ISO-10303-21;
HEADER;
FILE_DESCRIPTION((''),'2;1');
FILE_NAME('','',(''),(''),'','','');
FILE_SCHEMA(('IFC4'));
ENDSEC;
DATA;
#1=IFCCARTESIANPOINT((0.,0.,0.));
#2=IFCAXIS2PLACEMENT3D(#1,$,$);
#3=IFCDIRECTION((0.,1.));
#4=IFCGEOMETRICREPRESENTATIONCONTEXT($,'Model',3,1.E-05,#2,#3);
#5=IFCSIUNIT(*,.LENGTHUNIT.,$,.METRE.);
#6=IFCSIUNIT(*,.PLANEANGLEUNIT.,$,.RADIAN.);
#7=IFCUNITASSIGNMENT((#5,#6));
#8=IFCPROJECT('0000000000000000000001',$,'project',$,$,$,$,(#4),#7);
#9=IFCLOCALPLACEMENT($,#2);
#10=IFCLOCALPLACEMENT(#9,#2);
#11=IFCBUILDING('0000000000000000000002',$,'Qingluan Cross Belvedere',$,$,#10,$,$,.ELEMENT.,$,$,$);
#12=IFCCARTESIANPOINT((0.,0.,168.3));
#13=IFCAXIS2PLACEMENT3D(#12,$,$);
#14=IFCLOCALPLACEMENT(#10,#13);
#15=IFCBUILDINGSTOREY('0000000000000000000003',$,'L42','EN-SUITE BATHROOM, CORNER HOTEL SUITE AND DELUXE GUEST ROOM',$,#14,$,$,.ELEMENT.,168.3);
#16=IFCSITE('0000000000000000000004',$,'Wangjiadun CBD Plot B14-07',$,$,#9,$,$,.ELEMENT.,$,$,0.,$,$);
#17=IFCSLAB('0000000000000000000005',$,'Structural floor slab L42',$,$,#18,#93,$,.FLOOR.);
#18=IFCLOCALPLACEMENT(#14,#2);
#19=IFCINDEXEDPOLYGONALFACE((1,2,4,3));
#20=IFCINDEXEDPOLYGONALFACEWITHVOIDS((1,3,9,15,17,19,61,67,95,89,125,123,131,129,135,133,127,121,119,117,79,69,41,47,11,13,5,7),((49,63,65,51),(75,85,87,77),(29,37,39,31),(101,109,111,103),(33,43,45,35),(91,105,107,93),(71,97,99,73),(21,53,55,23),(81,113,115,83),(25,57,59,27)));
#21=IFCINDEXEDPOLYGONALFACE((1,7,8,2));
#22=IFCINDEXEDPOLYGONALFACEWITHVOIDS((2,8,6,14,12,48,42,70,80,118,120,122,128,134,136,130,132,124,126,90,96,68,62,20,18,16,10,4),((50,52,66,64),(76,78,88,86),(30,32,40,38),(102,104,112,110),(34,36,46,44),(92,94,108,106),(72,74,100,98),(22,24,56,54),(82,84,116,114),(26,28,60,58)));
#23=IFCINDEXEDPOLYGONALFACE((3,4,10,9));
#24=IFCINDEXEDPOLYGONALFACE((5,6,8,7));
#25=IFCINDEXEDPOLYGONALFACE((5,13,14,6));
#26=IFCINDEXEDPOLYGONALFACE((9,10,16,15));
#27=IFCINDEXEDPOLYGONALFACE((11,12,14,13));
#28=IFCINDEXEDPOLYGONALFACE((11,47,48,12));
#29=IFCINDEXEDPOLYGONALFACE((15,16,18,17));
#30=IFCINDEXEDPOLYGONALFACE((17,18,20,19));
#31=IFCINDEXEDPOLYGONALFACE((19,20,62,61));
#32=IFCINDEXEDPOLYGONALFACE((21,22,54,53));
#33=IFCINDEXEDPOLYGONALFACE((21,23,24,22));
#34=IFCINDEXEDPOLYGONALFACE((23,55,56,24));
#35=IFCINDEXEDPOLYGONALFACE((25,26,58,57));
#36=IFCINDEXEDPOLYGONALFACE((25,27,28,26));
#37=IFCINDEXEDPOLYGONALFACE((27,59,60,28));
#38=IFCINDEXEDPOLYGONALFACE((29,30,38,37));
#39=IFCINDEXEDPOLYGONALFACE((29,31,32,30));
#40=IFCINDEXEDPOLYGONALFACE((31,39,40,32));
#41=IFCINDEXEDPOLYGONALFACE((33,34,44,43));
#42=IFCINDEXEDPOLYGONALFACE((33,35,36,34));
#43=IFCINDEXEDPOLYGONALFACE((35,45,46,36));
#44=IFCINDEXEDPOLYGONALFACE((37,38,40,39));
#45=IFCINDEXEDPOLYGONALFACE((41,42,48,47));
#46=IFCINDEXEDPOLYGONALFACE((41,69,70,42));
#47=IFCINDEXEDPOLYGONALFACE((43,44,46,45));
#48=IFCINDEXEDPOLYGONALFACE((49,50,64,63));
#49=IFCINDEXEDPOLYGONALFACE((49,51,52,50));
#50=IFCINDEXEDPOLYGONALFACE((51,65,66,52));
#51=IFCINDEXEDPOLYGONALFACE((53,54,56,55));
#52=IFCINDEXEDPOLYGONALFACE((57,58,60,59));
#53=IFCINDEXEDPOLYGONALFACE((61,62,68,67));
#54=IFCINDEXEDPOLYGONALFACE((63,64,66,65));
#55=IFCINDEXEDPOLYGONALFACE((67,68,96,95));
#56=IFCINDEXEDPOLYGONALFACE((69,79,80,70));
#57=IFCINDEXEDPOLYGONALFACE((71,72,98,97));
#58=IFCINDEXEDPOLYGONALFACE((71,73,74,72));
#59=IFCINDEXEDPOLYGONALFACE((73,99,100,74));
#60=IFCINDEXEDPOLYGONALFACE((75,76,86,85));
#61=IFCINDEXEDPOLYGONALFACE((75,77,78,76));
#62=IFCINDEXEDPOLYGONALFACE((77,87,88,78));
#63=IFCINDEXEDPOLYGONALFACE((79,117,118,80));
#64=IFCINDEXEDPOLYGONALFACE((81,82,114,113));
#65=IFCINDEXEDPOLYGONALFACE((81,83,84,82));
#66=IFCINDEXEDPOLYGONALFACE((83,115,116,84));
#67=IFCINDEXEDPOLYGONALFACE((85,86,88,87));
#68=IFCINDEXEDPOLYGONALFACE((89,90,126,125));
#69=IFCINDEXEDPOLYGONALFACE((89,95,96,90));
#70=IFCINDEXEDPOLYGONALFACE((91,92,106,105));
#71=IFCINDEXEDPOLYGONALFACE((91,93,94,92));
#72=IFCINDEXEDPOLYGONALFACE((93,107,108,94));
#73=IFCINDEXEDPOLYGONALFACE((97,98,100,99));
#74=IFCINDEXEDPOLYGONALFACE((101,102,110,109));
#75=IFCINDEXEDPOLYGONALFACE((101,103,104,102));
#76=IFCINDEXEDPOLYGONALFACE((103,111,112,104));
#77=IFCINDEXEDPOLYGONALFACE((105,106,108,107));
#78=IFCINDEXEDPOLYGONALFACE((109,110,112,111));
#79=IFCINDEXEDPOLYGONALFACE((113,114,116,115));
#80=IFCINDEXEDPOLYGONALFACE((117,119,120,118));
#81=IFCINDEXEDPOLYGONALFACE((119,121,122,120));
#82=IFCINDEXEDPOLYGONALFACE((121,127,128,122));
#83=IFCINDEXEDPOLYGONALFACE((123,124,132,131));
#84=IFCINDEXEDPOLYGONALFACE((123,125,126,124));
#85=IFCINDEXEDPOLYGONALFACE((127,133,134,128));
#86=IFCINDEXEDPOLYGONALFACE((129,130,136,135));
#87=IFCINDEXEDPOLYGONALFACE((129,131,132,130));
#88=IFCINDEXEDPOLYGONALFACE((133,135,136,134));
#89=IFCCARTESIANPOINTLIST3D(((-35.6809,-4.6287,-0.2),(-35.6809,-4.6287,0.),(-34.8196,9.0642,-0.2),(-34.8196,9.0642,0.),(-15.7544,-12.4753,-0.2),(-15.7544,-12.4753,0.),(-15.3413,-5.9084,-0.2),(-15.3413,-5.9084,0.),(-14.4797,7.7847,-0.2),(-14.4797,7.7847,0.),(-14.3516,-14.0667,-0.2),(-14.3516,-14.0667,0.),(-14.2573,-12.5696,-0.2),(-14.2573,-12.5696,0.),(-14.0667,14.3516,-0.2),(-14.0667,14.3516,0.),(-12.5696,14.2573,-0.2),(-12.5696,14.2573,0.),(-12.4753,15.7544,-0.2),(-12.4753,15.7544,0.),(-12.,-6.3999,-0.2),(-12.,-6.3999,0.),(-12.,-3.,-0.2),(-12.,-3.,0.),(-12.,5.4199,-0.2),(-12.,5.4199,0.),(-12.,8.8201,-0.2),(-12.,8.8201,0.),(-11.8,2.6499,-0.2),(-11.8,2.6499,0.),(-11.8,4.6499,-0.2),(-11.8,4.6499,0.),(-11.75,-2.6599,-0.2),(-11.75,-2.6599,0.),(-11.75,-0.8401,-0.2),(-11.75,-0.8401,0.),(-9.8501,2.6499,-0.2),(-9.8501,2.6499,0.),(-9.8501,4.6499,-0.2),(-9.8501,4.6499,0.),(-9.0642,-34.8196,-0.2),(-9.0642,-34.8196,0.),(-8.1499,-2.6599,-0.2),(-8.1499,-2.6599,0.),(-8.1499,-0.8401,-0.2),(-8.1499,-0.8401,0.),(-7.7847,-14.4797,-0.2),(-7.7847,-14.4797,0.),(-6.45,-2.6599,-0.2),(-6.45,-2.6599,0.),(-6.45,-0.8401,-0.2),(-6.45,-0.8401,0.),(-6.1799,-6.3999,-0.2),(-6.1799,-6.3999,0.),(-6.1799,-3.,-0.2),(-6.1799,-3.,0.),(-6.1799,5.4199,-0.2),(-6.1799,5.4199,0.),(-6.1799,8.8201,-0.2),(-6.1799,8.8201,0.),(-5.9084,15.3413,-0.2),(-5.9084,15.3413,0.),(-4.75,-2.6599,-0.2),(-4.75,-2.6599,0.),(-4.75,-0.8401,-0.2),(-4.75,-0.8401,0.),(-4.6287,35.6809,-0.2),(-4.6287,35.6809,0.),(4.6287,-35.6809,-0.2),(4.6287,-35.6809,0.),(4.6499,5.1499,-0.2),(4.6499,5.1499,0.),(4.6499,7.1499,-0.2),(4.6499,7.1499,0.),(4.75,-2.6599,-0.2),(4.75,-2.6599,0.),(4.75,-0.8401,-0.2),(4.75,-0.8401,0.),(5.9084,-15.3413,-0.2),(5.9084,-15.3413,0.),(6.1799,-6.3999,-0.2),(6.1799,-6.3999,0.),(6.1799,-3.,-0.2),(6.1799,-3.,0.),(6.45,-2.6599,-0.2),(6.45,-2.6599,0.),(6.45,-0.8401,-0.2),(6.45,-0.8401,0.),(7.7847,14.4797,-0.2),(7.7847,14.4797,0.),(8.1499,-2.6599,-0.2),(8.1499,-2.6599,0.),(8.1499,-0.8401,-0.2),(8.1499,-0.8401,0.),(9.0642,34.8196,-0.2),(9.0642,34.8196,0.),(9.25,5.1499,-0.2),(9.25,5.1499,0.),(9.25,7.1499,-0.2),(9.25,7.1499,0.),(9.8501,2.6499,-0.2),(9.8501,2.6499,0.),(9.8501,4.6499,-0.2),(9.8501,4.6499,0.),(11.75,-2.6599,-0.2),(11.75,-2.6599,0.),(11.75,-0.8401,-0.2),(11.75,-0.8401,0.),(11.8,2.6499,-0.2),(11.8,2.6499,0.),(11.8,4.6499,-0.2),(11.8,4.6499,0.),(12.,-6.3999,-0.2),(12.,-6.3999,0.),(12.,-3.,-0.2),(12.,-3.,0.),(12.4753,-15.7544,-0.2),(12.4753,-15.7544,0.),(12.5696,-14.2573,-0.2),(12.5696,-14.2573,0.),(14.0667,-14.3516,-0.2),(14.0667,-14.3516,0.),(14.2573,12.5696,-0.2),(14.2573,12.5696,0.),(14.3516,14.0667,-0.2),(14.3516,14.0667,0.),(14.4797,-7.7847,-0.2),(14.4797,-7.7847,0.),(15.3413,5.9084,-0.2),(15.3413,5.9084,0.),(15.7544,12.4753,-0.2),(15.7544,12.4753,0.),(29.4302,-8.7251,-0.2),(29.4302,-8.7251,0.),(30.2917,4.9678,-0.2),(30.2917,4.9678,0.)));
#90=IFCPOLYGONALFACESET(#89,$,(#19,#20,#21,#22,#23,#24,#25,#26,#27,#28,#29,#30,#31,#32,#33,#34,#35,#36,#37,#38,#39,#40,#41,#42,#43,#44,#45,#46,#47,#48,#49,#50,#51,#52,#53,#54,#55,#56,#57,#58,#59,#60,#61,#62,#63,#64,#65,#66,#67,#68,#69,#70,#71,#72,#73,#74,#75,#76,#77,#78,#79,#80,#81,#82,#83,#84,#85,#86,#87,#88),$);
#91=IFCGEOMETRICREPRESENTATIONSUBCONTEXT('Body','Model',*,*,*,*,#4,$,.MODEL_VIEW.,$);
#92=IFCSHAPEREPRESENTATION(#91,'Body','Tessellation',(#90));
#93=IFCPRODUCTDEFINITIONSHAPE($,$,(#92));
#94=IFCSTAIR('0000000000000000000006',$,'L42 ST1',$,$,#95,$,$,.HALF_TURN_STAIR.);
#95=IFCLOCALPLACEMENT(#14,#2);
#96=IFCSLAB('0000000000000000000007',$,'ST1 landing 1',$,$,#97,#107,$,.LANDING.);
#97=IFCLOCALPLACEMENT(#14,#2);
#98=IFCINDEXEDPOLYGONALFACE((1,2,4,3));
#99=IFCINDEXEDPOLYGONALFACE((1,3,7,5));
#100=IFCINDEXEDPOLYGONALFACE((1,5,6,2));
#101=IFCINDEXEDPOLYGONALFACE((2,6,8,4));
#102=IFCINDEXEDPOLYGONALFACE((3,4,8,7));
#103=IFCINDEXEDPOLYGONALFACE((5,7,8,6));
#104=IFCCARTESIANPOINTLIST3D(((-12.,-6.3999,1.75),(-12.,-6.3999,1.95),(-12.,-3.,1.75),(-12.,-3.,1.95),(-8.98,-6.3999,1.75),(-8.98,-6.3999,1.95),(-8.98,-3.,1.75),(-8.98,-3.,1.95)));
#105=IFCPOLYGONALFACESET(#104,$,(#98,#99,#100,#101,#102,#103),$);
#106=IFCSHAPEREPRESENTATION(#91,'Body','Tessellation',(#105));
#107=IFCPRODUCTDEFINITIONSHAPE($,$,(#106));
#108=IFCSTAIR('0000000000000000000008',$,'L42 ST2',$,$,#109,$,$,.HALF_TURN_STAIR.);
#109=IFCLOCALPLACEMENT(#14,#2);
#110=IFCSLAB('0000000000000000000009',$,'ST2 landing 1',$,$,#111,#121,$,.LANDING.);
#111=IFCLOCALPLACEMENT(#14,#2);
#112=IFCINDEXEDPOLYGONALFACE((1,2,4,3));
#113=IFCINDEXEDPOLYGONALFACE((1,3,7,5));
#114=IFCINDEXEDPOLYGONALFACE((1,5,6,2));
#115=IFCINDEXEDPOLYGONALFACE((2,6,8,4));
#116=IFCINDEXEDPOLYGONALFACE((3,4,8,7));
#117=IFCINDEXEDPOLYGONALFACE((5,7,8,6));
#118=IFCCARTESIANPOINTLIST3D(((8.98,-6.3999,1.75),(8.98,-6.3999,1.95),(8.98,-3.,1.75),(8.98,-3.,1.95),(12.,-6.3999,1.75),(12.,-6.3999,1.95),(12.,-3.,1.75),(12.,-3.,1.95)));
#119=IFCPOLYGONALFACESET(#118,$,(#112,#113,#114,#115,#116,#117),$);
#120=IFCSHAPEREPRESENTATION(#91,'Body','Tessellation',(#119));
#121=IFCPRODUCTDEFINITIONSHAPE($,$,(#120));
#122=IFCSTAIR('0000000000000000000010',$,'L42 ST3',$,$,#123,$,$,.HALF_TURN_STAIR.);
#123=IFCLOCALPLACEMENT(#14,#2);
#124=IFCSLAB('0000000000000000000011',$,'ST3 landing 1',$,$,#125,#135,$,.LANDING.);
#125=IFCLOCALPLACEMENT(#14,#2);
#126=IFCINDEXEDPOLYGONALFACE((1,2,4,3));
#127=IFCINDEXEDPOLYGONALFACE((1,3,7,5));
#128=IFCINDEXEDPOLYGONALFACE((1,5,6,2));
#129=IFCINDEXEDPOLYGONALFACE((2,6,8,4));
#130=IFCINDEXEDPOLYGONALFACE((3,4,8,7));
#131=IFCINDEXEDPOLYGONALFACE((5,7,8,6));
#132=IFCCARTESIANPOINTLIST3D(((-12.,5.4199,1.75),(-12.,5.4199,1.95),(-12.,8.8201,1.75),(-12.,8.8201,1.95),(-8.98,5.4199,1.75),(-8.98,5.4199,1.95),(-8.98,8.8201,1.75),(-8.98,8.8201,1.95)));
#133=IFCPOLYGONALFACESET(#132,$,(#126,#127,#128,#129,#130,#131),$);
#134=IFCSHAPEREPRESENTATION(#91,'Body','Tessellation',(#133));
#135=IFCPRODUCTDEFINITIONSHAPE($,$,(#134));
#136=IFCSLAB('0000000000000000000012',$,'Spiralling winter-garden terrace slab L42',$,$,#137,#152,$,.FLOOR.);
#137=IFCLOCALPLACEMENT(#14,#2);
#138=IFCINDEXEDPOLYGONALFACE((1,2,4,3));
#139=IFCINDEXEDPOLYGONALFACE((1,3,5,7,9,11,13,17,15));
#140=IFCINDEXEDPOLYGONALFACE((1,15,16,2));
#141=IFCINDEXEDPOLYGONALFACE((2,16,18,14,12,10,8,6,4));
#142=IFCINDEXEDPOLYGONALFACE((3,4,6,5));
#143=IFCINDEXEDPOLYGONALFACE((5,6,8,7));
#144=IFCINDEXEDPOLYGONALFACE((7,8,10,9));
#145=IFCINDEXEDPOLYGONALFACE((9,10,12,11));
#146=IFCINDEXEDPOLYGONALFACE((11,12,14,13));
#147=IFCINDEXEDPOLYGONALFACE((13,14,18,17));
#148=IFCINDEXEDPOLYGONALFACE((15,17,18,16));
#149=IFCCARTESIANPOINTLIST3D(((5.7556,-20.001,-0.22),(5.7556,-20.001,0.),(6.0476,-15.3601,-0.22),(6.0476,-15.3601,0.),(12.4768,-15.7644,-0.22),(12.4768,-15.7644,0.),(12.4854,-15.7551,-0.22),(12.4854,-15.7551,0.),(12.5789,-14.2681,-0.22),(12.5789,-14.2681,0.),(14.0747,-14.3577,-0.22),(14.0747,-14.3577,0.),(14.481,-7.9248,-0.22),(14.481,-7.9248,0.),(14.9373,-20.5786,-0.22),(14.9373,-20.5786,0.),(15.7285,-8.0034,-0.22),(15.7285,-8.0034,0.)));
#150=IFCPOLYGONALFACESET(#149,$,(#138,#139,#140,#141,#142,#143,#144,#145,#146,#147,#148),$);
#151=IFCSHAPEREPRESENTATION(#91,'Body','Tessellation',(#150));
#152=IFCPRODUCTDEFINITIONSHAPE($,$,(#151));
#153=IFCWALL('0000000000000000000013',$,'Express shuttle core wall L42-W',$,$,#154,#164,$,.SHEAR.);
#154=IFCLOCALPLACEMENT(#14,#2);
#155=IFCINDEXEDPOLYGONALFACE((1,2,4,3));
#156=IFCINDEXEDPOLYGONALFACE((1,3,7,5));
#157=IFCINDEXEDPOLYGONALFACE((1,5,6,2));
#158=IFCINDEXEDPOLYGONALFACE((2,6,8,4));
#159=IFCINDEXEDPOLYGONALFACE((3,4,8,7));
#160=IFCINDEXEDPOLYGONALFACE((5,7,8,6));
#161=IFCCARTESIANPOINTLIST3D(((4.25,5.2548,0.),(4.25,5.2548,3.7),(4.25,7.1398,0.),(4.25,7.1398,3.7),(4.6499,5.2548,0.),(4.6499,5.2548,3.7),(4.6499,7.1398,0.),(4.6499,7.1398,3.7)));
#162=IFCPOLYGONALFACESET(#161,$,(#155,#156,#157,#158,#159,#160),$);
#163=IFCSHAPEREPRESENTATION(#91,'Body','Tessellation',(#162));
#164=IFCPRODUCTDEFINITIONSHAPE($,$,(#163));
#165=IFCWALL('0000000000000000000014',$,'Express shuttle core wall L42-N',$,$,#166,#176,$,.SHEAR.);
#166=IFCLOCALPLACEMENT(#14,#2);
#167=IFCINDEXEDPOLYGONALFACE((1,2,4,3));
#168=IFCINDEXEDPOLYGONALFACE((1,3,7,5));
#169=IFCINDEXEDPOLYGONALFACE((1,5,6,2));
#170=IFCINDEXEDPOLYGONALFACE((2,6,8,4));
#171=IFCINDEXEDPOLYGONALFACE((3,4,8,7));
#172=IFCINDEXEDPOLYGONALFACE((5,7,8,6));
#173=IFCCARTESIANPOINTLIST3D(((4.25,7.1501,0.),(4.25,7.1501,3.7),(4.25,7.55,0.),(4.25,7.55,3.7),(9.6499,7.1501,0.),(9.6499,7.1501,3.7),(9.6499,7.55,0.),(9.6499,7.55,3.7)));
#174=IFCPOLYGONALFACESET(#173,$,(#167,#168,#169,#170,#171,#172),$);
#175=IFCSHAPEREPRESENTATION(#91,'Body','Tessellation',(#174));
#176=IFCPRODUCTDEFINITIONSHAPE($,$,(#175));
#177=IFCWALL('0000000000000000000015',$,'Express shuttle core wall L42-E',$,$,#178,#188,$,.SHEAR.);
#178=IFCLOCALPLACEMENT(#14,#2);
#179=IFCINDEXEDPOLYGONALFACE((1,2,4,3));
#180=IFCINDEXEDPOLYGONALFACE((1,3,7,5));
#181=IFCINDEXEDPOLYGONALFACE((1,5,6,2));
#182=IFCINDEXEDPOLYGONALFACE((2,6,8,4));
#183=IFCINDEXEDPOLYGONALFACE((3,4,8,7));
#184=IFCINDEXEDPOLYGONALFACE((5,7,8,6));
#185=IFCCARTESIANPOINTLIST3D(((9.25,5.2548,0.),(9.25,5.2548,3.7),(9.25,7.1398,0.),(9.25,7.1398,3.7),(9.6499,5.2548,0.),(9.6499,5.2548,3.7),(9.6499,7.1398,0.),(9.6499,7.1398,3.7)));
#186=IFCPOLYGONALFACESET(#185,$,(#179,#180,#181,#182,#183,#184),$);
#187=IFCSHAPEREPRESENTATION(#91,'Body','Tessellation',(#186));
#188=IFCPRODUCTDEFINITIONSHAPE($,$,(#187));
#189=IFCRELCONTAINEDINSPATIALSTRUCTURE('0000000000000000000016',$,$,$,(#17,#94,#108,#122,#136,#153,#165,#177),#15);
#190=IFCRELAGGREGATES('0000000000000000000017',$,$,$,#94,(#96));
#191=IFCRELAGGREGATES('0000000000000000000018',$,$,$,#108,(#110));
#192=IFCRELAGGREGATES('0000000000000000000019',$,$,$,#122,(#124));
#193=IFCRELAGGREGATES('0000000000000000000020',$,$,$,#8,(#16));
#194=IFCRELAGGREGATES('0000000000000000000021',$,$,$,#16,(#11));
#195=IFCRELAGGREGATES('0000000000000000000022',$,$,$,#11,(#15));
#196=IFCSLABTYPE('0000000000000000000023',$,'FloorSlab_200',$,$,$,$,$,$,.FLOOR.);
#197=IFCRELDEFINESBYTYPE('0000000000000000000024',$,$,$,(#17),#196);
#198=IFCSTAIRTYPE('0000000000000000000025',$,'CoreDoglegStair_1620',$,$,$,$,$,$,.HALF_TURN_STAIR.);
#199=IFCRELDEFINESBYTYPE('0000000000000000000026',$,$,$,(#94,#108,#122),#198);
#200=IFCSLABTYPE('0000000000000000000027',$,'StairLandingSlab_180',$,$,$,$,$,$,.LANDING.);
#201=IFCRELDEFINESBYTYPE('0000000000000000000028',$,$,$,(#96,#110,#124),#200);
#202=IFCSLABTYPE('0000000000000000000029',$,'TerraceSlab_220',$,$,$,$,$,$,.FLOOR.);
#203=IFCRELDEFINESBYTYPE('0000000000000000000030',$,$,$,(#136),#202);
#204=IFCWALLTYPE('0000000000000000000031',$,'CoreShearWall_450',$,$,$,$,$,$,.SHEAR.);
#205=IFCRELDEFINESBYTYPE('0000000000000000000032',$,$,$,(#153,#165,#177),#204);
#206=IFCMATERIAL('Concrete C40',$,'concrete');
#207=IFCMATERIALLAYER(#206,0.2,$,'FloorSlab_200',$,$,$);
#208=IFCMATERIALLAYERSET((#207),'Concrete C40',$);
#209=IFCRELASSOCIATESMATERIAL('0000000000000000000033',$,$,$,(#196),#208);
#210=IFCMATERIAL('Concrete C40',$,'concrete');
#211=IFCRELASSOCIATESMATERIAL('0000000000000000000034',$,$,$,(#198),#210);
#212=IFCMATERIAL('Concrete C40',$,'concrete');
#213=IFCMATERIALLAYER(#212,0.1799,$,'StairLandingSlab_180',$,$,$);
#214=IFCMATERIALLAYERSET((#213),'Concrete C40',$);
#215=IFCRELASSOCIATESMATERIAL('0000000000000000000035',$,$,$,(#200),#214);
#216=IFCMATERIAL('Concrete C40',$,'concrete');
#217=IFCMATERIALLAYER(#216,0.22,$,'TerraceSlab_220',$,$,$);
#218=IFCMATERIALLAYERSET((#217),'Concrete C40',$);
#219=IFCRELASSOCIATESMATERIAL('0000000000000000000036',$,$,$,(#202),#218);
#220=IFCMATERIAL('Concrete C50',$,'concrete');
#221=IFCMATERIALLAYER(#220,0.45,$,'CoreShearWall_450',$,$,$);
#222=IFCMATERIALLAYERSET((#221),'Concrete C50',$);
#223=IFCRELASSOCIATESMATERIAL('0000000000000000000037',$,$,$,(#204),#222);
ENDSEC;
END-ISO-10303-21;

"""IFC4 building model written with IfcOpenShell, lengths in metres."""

from ifc_helpers import new_model, si_unit, direction, frame, frame_2d, origin, place, context, subcontext, project, spatial, polyline, rectangle, outline, extrude, material, layer, layer_set, type_object, element, aggregate, save


model = new_model("IFC4")

# Units and contexts
model_context = context("Model", 3, precision=1e-05, world=origin(), true_north=direction((0.0, 1.0)))
body_context = subcontext(model_context, "Body", "Model", "MODEL_VIEW")
ifc_project = project(units=[si_unit("LENGTHUNIT", "METRE"), si_unit("PLANEANGLEUNIT", "RADIAN")], contexts=[model_context])

# Site, building, storey
site_placement = place(None, origin())
site = spatial("IfcSite", under=ifc_project, at=site_placement, Name="Wangjiadun CBD Plot B14-07", CompositionType="ELEMENT", RefElevation=0.0)
building_placement = place(site_placement, origin())
building = spatial("IfcBuilding", under=site, at=building_placement, Name="Qingluan Cross Belvedere", CompositionType="ELEMENT")
storey_placement = place(building_placement, frame((0.0, 0.0, 168.3)))
storey = spatial("IfcBuildingStorey", under=building, at=storey_placement, Name="L42", Description="EN-SUITE BATHROOM, CORNER HOTEL SUITE AND DELUXE GUEST ROOM", CompositionType="ELEMENT", Elevation=168.3)

# Slab
ifc_material_1 = material(Name="Concrete C40", Category="concrete")
ifc_layer_1 = layer(ifc_material_1, 0.2, Name="FloorSlab_200")
ifc_layer_set_1 = layer_set([ifc_layer_1], Name="Concrete C40")
slab_type_1 = type_object("IfcSlabType", Name="FloorSlab_200", PredefinedType="FLOOR", material=ifc_layer_set_1)
slab_1_placement = place(storey_placement, frame((0.0, 0.0, -0.2)))
element("IfcSlab", 1, at=slab_1_placement, inside=storey, type_object=slab_type_1, Name="Structural floor slab L42", PredefinedType="FLOOR", context=body_context, shape_type="SweptSolid", body=[
    extrude(outline(polyline([(4.6287, -35.6809), (5.9084, -15.3413), (12.4753, -15.7544), (12.5696, -14.2573), (14.0667, -14.3516), (14.4797, -7.7847), (29.4302, -8.7251), (30.2917, 4.9678), (15.3413, 5.9084), (15.7544, 12.4753), (14.2573, 12.5696), (14.3516, 14.0667), (7.7847, 14.4797), (9.0642, 34.8196), (-4.6287, 35.6809), (-5.9084, 15.3413), (-12.4753, 15.7544), (-12.5696, 14.2573), (-14.0667, 14.3516), (-14.4797, 7.7847), (-34.8196, 9.0642), (-35.6809, -4.6287), (-15.3413, -5.9084), (-15.7544, -12.4753), (-14.2573, -12.5696), (-14.3516, -14.0667), (-7.7847, -14.4797), (-9.0642, -34.8196), (4.6287, -35.6809)]), holes=[polyline([(-12.0, -3.0), (-6.1799, -3.0), (-6.1799, -6.3999), (-12.0, -6.3999), (-12.0, -3.0)]), polyline([(6.1799, -3.0), (12.0, -3.0), (12.0, -6.3999), (6.1799, -6.3999), (6.1799, -3.0)]), polyline([(-12.0, 8.8201), (-6.1799, 8.8201), (-6.1799, 5.4199), (-12.0, 5.4199), (-12.0, 8.8201)]), polyline([(-11.8, 4.6499), (-9.8501, 4.6499), (-9.8501, 2.6499), (-11.8, 2.6499), (-11.8, 4.6499)]), polyline([(9.8501, 4.6499), (11.8, 4.6499), (11.8, 2.6499), (9.8501, 2.6499), (9.8501, 4.6499)]), polyline([(-11.75, -0.8401), (-8.1499, -0.8401), (-8.1499, -2.6599), (-11.75, -2.6599), (-11.75, -0.8401)]), polyline([(-6.45, -0.8401), (-4.75, -0.8401), (-4.75, -2.6599), (-6.45, -2.6599), (-6.45, -0.8401)]), polyline([(4.75, -0.8401), (6.45, -0.8401), (6.45, -2.6599), (4.75, -2.6599), (4.75, -0.8401)]), polyline([(8.1499, -0.8401), (11.75, -0.8401), (11.75, -2.6599), (8.1499, -2.6599), (8.1499, -0.8401)]), polyline([(4.6499, 7.1499), (9.25, 7.1499), (9.25, 5.1499), (4.6499, 5.1499), (4.6499, 7.1499)])]), origin(), (0.0, 0.0, 1.0), 0.2),
])

# Stairs, slabs
ifc_material_2 = material(Name="Concrete C40", Category="concrete")
stair_type = type_object("IfcStairType", Name="CoreDoglegStair_1620", PredefinedType="HALF_TURN_STAIR", material=ifc_material_2)
stair_1_placement = place(storey_placement, origin())
stair_1 = element("IfcStair", 2, at=stair_1_placement, inside=storey, type_object=stair_type, Name="L42 ST1", PredefinedType="HALF_TURN_STAIR")
ifc_material_3 = material(Name="Concrete C40", Category="concrete")
ifc_layer_2 = layer(ifc_material_3, 0.1799, Name="StairLandingSlab_180")
ifc_layer_set_2 = layer_set([ifc_layer_2], Name="Concrete C40")
slab_type_2 = type_object("IfcSlabType", Name="StairLandingSlab_180", PredefinedType="LANDING", material=ifc_layer_set_2)
slab_2_placement = place(storey_placement, frame((0.0, 0.0, 1.75)))
slab_2 = element("IfcSlab", 3, at=slab_2_placement, type_object=slab_type_2, Name="ST1 landing 1", PredefinedType="LANDING", context=body_context, shape_type="SweptSolid", body=[
    extrude(outline(polyline([(-8.98, -3.0), (-12.0, -3.0), (-12.0, -6.3999), (-8.98, -6.3999), (-8.98, -3.0)])), origin(), (0.0, 0.0, 1.0), 0.2),
])
aggregate(stair_1, [slab_2])
stair_2_placement = place(storey_placement, origin())
stair_2 = element("IfcStair", 4, at=stair_2_placement, inside=storey, type_object=stair_type, Name="L42 ST2", PredefinedType="HALF_TURN_STAIR")
slab_3_placement = place(storey_placement, frame((0.0, 0.0, 1.75)))
slab_3 = element("IfcSlab", 5, at=slab_3_placement, type_object=slab_type_2, Name="ST2 landing 1", PredefinedType="LANDING", context=body_context, shape_type="SweptSolid", body=[
    extrude(outline(polyline([(8.98, -6.3999), (12.0, -6.3999), (12.0, -3.0), (8.98, -3.0), (8.98, -6.3999)])), origin(), (0.0, 0.0, 1.0), 0.2),
])
aggregate(stair_2, [slab_3])
stair_3_placement = place(storey_placement, origin())
stair_3 = element("IfcStair", 6, at=stair_3_placement, inside=storey, type_object=stair_type, Name="L42 ST3", PredefinedType="HALF_TURN_STAIR")
slab_4_placement = place(storey_placement, frame((0.0, 0.0, 1.75)))
slab_4 = element("IfcSlab", 7, at=slab_4_placement, type_object=slab_type_2, Name="ST3 landing 1", PredefinedType="LANDING", context=body_context, shape_type="SweptSolid", body=[
    extrude(outline(polyline([(-8.98, 8.8201), (-12.0, 8.8201), (-12.0, 5.4199), (-8.98, 5.4199), (-8.98, 8.8201)])), origin(), (0.0, 0.0, 1.0), 0.2),
])
aggregate(stair_3, [slab_4])

# Slab
ifc_material_4 = material(Name="Concrete C40", Category="concrete")
ifc_layer_3 = layer(ifc_material_4, 0.22, Name="TerraceSlab_220")
ifc_layer_set_3 = layer_set([ifc_layer_3], Name="Concrete C40")
slab_type_3 = type_object("IfcSlabType", Name="TerraceSlab_220", PredefinedType="FLOOR", material=ifc_layer_set_3)
slab_5_placement = place(storey_placement, frame((0.0, 0.0, -0.22)))
element("IfcSlab", 8, at=slab_5_placement, inside=storey, type_object=slab_type_3, Name="Spiralling winter-garden terrace slab L42", PredefinedType="FLOOR", context=body_context, shape_type="SweptSolid", body=[
    extrude(outline(polyline([(14.481, -7.9248), (14.0747, -14.3577), (12.5789, -14.2681), (12.4854, -15.7551), (12.4768, -15.7644), (6.0476, -15.3601), (5.7556, -20.001), (14.9373, -20.5786), (15.7285, -8.0034), (14.481, -7.9248)])), origin(), (0.0, 0.0, 1.0), 0.22),
])

# Walls
ifc_material_5 = material(Name="Concrete C50", Category="concrete")
ifc_layer_4 = layer(ifc_material_5, 0.45, Name="CoreShearWall_450")
ifc_layer_set_4 = layer_set([ifc_layer_4], Name="Concrete C50")
wall_type_1 = type_object("IfcWallType", Name="CoreShearWall_450", PredefinedType="SHEAR", material=ifc_layer_set_4)
wall_1_placement = place(storey_placement, frame((4.45, 5.2549, 0.0), z_axis=(0.0, 0.0, 1.0), x_axis=(0.0, 1.0, 0.0)))
element("IfcWall", 9, at=wall_1_placement, inside=storey, type_object=wall_type_1, Name="Express shuttle core wall L42-W", PredefinedType="SHEAR", context=body_context, shape_type="SweptSolid", body=[
    extrude(rectangle(XDim=1.885, YDim=0.3999, at=frame_2d((0.9424, 0.0))), origin(), (0.0, 0.0, 1.0), 3.7),
])
wall_2_placement = place(storey_placement, frame((4.25, 7.3501, 0.0), z_axis=(0.0, 0.0, 1.0), x_axis=(1.0, 0.0, 0.0)))
element("IfcWall", 10, at=wall_2_placement, inside=storey, type_object=wall_type_1, Name="Express shuttle core wall L42-N", PredefinedType="SHEAR", context=body_context, shape_type="SweptSolid", body=[
    extrude(rectangle(XDim=5.3999, YDim=0.3999, at=frame_2d((2.7, 0.0))), origin(), (0.0, 0.0, 1.0), 3.7),
])
wall_3_placement = place(storey_placement, frame((9.45, 5.2549, 0.0), z_axis=(0.0, 0.0, 1.0), x_axis=(0.0, 1.0, 0.0)))
element("IfcWall", 11, at=wall_3_placement, inside=storey, type_object=wall_type_1, Name="Express shuttle core wall L42-E", PredefinedType="SHEAR", context=body_context, shape_type="SweptSolid", body=[
    extrude(rectangle(XDim=1.885, YDim=0.3999, at=frame_2d((0.9424, 0.0))), origin(), (0.0, 0.0, 1.0), 3.7),
])

save(model, "model.ifc")
